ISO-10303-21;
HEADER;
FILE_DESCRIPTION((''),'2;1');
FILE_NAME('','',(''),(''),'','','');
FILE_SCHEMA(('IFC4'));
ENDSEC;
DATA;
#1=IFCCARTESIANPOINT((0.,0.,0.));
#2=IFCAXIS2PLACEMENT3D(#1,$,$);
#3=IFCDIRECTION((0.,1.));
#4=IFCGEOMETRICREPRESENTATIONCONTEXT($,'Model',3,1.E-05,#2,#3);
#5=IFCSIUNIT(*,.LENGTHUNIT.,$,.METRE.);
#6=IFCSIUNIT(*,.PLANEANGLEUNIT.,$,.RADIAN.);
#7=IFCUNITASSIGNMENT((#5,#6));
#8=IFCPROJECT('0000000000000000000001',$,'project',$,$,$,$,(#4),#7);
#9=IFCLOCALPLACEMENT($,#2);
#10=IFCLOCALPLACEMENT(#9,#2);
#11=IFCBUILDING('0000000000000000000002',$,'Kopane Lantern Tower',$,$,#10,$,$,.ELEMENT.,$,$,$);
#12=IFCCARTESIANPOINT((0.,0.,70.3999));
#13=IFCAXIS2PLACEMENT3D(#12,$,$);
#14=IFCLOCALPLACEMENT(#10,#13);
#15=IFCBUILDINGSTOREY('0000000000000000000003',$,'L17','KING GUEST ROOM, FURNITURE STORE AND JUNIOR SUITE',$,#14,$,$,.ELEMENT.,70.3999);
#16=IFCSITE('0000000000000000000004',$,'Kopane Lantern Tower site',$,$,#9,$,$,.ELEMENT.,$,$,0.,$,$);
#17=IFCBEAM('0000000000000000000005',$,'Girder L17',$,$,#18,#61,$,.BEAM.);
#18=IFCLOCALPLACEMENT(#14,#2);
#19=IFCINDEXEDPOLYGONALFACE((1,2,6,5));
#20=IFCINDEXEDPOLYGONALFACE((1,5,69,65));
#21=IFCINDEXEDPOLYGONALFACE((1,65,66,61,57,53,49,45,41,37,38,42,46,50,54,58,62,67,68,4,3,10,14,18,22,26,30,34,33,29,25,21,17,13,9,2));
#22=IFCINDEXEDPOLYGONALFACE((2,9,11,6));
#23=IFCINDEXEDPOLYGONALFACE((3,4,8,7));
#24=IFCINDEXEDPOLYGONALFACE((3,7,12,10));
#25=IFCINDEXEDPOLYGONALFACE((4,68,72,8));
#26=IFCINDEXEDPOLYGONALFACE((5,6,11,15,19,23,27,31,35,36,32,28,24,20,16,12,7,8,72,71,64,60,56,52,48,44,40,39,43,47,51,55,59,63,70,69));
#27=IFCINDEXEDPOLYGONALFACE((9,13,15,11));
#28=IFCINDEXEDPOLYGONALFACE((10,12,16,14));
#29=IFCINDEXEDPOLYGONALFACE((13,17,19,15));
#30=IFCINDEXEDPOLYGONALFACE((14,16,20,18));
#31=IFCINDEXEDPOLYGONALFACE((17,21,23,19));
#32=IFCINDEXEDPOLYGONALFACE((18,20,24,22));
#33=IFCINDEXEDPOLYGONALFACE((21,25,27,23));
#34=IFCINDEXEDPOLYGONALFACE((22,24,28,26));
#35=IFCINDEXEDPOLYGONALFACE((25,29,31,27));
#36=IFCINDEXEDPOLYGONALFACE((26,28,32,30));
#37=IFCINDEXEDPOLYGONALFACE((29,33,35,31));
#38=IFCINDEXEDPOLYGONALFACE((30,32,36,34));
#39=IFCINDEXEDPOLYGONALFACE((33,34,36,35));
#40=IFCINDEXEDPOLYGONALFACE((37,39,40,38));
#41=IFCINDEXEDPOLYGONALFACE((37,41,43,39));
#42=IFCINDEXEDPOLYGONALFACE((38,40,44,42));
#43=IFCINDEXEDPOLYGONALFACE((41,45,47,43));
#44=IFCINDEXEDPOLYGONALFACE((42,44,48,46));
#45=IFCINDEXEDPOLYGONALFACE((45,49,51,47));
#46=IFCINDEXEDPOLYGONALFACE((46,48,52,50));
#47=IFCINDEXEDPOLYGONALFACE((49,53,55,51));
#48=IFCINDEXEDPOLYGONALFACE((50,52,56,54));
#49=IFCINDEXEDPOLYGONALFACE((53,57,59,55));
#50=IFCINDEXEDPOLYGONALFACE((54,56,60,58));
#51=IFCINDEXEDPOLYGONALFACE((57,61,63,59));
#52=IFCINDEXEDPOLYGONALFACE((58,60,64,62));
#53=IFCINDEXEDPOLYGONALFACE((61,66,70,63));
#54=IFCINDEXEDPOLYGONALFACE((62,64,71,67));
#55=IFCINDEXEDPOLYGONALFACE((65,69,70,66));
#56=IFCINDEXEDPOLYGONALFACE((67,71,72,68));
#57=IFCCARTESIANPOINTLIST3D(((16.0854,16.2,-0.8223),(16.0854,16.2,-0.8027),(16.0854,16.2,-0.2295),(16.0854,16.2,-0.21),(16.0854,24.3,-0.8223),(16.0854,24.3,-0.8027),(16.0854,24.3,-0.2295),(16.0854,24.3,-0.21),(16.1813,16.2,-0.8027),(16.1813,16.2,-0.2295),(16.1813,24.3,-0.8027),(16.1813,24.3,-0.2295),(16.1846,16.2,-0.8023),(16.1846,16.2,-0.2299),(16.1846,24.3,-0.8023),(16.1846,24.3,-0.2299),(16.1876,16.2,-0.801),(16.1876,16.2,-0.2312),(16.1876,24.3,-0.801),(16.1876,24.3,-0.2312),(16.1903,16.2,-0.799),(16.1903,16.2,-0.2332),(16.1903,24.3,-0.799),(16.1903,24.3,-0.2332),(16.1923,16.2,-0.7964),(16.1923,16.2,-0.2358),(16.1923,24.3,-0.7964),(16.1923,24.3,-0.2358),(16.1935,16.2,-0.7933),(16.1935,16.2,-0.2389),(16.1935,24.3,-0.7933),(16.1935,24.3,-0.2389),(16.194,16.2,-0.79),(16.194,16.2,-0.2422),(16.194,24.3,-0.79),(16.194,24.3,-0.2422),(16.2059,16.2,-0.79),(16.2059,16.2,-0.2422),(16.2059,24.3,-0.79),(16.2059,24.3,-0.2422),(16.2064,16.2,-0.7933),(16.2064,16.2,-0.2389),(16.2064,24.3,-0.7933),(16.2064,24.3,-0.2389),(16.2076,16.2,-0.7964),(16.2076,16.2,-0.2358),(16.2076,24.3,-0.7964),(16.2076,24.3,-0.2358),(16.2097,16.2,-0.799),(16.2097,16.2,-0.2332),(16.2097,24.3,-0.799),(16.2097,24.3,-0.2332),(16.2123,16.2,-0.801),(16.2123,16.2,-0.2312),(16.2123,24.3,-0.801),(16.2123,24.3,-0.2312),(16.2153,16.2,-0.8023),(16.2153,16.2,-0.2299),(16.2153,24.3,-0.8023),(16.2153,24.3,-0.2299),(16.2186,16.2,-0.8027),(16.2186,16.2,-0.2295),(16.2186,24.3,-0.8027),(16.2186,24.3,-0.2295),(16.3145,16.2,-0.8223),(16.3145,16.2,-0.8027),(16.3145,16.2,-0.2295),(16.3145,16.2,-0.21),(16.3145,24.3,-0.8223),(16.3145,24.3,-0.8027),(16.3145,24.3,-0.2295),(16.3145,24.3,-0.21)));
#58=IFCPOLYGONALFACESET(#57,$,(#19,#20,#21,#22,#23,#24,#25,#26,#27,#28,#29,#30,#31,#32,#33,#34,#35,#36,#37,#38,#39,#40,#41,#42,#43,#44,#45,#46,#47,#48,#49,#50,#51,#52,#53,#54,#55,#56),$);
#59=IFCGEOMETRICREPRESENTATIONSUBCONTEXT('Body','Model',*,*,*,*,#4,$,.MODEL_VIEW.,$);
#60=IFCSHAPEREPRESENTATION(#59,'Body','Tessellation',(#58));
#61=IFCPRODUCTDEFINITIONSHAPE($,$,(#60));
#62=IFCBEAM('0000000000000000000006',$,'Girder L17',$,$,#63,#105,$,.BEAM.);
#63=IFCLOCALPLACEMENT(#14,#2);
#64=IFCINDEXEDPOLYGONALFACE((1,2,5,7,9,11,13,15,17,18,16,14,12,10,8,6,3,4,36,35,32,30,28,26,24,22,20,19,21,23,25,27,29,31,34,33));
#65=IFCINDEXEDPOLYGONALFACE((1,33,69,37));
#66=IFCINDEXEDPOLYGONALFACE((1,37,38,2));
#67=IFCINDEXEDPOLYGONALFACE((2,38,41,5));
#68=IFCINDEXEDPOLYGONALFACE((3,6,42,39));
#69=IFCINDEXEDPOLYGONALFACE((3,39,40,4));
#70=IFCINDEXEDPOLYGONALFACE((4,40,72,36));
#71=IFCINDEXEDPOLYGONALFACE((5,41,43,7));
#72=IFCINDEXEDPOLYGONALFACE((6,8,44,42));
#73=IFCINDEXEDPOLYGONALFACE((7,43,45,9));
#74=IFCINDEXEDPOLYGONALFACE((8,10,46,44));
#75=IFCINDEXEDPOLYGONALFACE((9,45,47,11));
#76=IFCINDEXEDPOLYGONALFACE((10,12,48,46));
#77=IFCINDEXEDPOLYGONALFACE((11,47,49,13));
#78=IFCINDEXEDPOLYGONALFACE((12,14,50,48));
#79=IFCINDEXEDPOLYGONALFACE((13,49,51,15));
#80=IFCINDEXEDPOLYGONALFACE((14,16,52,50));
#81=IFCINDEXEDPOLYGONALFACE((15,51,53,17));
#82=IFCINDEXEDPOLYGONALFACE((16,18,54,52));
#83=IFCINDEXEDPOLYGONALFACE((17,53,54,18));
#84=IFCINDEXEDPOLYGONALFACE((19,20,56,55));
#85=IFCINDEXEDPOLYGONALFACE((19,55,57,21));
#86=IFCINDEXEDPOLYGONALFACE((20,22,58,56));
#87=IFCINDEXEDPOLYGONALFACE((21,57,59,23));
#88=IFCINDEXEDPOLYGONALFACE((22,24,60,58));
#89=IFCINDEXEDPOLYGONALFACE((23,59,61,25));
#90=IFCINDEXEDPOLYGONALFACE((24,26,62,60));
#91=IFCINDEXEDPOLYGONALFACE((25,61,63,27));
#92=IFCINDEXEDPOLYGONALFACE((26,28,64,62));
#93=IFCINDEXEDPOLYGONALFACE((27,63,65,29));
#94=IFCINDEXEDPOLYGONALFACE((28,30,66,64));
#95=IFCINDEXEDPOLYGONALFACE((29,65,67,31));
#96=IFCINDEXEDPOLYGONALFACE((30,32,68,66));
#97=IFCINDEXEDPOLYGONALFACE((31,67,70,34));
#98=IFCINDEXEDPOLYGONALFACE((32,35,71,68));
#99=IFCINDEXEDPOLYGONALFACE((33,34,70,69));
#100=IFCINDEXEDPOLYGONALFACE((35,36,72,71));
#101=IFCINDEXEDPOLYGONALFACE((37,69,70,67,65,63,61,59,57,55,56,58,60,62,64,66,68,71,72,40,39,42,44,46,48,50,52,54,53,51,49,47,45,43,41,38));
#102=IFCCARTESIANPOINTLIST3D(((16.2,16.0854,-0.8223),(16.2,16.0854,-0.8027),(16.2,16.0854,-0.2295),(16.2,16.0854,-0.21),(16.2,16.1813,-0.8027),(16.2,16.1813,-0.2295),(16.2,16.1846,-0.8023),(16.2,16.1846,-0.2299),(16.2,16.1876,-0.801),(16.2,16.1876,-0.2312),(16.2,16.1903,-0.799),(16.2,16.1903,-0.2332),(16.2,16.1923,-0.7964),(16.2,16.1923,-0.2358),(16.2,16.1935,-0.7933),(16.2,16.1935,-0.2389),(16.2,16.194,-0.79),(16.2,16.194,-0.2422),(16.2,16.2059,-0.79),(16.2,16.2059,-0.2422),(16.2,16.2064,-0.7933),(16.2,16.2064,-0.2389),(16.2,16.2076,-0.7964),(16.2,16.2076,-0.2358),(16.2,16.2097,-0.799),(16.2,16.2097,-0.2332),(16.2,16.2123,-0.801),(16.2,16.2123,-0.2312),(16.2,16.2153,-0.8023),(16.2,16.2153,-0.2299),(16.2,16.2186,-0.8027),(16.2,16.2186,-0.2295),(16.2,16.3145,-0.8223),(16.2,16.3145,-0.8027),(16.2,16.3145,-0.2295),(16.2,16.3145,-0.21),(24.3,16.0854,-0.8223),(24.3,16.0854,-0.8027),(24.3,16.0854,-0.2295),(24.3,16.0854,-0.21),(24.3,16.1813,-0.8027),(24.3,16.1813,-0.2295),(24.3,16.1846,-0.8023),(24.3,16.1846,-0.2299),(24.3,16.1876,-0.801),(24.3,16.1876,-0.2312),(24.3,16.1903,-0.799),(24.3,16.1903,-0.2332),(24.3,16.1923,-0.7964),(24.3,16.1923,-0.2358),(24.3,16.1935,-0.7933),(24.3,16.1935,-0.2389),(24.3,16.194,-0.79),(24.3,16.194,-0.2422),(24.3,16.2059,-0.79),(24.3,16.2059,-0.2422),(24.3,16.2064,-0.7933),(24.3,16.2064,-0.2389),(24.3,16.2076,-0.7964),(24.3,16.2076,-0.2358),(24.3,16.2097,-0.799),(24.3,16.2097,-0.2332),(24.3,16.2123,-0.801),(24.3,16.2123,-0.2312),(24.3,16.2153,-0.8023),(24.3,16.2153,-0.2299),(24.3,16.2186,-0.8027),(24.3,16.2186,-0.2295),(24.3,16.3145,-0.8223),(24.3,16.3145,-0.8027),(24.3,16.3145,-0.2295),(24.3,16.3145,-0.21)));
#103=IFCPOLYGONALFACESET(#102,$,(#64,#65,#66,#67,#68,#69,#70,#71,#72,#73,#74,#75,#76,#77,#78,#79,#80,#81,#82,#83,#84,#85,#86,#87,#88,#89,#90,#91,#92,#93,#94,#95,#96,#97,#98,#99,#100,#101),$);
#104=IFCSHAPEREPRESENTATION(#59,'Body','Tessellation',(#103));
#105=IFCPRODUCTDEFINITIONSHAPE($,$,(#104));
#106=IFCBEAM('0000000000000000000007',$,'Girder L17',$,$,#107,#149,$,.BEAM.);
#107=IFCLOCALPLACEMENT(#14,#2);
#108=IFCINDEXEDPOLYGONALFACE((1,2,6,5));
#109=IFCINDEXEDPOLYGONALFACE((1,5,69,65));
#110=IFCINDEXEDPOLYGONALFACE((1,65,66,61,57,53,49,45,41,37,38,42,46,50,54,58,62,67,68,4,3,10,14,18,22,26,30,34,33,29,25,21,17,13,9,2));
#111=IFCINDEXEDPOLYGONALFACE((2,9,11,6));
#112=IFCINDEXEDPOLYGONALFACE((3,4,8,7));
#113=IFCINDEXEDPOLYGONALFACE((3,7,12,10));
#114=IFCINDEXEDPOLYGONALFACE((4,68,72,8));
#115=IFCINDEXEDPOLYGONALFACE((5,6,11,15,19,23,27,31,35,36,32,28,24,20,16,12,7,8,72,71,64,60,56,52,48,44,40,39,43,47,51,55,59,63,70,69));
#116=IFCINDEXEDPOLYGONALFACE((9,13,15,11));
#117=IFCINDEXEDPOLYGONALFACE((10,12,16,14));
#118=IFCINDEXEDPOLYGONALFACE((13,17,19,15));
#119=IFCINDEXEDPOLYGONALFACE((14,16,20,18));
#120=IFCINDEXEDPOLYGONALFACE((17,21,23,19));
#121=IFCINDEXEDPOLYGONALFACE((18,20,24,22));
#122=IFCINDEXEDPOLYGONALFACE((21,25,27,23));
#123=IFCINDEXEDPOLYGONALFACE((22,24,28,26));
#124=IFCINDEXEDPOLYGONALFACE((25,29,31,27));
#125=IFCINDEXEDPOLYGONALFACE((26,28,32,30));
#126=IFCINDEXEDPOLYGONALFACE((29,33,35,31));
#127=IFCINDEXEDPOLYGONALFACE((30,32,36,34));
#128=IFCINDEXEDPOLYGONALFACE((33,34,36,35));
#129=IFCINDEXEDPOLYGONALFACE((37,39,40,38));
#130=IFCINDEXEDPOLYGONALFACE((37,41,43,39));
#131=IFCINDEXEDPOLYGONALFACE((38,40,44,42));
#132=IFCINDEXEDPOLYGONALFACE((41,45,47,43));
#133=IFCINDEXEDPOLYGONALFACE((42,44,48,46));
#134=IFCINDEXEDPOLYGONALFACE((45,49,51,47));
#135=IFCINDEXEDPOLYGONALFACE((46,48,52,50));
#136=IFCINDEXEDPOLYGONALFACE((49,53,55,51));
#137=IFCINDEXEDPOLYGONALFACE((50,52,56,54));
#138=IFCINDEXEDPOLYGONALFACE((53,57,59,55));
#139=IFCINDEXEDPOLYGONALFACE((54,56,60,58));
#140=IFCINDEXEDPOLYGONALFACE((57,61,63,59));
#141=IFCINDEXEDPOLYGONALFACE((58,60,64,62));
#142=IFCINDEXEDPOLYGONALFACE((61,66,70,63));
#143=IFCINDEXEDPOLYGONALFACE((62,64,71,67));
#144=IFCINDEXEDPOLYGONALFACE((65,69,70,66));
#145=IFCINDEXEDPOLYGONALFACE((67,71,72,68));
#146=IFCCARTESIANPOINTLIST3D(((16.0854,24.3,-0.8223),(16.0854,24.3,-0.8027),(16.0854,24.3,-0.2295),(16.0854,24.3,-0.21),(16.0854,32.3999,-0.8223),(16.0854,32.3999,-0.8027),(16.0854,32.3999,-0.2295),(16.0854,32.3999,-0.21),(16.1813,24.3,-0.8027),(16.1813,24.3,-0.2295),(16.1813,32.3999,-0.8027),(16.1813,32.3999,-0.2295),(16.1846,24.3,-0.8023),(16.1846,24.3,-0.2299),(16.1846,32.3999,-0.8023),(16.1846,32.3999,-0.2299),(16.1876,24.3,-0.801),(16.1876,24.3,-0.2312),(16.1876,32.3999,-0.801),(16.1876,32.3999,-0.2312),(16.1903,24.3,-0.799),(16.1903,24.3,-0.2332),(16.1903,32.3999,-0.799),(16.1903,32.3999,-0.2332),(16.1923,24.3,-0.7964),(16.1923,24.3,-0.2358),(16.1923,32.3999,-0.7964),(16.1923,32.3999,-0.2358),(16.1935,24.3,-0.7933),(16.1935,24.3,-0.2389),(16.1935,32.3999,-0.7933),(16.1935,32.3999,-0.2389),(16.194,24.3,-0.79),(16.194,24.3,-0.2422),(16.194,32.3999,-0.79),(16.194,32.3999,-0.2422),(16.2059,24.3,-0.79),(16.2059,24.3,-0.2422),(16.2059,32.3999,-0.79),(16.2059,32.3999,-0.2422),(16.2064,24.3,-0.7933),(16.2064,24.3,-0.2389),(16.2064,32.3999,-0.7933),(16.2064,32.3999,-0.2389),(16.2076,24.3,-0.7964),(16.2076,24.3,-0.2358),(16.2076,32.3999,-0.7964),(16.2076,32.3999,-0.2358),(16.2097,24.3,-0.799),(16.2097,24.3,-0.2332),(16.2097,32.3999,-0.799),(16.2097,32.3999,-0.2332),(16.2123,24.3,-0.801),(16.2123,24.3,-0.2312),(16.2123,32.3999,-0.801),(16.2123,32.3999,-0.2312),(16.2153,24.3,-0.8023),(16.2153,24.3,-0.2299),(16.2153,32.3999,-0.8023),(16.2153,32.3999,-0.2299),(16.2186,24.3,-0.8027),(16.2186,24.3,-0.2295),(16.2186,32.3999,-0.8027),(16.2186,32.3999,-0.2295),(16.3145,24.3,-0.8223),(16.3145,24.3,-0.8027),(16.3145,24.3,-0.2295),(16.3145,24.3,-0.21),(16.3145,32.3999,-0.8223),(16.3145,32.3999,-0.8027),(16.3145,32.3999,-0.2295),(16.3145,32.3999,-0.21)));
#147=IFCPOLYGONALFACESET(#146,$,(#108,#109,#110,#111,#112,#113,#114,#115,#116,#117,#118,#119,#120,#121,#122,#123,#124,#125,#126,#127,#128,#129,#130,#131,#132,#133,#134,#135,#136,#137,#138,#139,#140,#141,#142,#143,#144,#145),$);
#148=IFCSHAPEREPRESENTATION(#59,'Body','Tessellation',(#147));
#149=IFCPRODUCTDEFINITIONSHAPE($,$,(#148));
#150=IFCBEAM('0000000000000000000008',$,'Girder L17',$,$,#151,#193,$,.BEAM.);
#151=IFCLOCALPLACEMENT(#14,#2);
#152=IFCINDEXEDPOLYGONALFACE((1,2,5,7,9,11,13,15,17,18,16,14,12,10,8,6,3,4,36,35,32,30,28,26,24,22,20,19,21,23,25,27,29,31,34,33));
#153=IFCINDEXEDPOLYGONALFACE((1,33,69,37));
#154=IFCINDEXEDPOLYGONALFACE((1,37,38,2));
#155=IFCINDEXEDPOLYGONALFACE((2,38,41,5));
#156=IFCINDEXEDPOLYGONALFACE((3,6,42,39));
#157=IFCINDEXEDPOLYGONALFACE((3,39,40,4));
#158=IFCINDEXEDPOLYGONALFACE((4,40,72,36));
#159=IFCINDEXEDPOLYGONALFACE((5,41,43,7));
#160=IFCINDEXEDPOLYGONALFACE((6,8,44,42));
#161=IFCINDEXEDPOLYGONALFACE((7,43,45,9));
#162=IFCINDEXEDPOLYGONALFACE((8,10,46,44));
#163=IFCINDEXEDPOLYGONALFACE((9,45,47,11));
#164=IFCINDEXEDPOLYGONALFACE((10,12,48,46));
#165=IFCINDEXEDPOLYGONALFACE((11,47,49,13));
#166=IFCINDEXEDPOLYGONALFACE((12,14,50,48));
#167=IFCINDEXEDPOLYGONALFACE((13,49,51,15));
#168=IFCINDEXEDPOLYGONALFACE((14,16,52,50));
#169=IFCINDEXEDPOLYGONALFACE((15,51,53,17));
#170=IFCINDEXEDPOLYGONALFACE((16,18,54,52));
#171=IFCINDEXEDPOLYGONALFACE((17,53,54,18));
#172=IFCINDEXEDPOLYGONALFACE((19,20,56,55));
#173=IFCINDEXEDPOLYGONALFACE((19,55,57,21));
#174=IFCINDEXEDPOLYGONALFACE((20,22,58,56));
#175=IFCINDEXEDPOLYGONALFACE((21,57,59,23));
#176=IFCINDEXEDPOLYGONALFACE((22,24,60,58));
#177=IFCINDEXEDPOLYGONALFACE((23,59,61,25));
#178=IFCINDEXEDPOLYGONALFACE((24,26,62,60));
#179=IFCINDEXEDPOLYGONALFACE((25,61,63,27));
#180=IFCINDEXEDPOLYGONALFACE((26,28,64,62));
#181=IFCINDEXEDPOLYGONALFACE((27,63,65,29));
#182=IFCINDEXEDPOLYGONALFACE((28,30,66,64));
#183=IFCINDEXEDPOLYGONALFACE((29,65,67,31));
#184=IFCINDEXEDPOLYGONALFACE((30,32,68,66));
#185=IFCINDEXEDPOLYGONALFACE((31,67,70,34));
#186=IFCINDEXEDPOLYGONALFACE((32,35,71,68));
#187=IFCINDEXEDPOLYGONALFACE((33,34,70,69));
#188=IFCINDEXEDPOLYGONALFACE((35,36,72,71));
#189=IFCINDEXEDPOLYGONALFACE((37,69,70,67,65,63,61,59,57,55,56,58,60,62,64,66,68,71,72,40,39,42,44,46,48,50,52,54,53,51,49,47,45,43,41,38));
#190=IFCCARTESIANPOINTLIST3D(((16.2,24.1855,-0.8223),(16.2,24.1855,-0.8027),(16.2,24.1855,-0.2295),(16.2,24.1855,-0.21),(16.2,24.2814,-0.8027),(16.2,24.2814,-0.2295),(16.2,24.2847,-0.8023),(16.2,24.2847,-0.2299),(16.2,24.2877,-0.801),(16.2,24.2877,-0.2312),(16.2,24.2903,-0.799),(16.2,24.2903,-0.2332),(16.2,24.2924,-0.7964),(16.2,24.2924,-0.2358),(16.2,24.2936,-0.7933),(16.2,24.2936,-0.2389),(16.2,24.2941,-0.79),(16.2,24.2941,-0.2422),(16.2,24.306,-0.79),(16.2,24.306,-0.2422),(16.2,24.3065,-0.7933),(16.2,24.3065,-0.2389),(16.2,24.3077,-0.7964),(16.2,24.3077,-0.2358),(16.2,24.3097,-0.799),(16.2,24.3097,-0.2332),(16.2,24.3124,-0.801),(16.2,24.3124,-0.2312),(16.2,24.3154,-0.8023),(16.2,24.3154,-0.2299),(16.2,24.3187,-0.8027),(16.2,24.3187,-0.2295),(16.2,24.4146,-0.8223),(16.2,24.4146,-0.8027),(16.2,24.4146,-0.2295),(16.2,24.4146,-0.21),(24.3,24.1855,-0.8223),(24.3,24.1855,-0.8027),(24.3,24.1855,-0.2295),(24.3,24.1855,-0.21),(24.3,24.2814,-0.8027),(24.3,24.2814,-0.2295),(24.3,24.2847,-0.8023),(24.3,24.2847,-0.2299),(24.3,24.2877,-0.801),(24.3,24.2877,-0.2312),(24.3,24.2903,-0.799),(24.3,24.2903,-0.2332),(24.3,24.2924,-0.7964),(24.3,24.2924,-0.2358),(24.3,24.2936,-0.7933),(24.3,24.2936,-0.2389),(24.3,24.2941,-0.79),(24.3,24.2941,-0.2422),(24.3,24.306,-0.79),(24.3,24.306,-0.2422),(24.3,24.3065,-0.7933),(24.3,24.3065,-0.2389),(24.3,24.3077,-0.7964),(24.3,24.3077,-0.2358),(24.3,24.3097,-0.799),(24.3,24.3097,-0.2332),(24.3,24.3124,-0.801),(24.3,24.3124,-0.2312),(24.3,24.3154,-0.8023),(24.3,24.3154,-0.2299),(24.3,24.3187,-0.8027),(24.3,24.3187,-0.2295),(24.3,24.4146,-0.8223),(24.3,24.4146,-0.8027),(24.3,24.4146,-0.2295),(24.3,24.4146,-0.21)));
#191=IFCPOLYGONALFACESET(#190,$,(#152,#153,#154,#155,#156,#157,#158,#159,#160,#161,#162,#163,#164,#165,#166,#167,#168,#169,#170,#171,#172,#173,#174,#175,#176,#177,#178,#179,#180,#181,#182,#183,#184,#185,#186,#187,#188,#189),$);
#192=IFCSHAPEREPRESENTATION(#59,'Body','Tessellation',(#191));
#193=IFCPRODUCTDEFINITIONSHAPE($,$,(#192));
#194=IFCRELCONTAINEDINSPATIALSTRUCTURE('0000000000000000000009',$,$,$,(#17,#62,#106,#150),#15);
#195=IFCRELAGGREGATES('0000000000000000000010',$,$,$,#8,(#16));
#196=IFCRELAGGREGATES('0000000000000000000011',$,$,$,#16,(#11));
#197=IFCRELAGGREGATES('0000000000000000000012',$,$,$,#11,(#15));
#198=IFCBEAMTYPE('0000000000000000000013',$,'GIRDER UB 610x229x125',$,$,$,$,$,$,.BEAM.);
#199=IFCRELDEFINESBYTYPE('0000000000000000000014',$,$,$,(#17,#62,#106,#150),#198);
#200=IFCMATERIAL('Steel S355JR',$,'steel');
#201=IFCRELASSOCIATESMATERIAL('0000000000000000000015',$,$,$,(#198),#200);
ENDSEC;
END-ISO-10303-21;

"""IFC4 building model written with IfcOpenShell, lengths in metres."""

from ifc_helpers import new_model, si_unit, direction, frame, origin, origin_2d, place, context, subcontext, project, spatial, i_section, extrude, material, material_profile, profile_set, type_object, element, save


model = new_model("IFC4")

# Units and contexts
model_context = context("Model", 3, precision=1e-05, world=origin(), true_north=direction((0.0, 1.0)))
body_context = subcontext(model_context, "Body", "Model", "MODEL_VIEW")
ifc_project = project(units=[si_unit("LENGTHUNIT", "METRE"), si_unit("PLANEANGLEUNIT", "RADIAN")], contexts=[model_context])

# Site, building, storey
site_placement = place(None, origin())
site = spatial("IfcSite", under=ifc_project, at=site_placement, Name="Kopane Lantern Tower site", CompositionType="ELEMENT", RefElevation=0.0)
building_placement = place(site_placement, origin())
building = spatial("IfcBuilding", under=site, at=building_placement, Name="Kopane Lantern Tower", CompositionType="ELEMENT")
storey_placement = place(building_placement, frame((0.0, 0.0, 70.3999)))
storey = spatial("IfcBuildingStorey", under=building, at=storey_placement, Name="L17", Description="KING GUEST ROOM, FURNITURE STORE AND JUNIOR SUITE", CompositionType="ELEMENT", Elevation=70.3999)

# Beams
ifc_material_1 = material(Name="Steel S355JR", Category="steel")
ifc_material_profile_1 = material_profile(ifc_material_1, i_section(OverallWidth=0.229, OverallDepth=0.6123, WebThickness=0.012, FlangeThickness=0.0195, FilletRadius=0.0127, at=origin_2d()), Name="UB 610x229x125")
ifc_profile_set_1 = profile_set([ifc_material_profile_1], Name="Steel S355JR")
beam_type = type_object("IfcBeamType", Name="GIRDER UB 610x229x125", PredefinedType="BEAM", material=ifc_profile_set_1)
for number, where, z_axis, x_axis, name in (
    (1, (16.2, 16.2, -0.5161), (0.0, 1.0, 0.0), (-1.0, 0.0, 0.0), "Girder L17"),
    (2, (16.2, 16.2, -0.5161), (1.0, 0.0, 0.0), (0.0, 1.0, 0.0), "Girder L17"),
):
    element("IfcBeam", number, at=place(storey_placement, frame(where, z_axis=z_axis, x_axis=x_axis)), inside=storey, type_object=beam_type, Name=name, PredefinedType="BEAM", context=body_context, shape_type="SweptSolid", body=[
        extrude(i_section(OverallWidth=0.229, OverallDepth=0.6123, WebThickness=0.012, FlangeThickness=0.0195, FilletRadius=0.0127, at=origin_2d()), origin(), (0.0, 0.0, 1.0), 8.1001),
    ])
beam_1_placement = place(storey_placement, frame((16.2, 24.3, -0.5161), z_axis=(0.0, 1.0, 0.0), x_axis=(-1.0, 0.0, 0.0)))
element("IfcBeam", 3, at=beam_1_placement, inside=storey, type_object=beam_type, Name="Girder L17", PredefinedType="BEAM", context=body_context, shape_type="SweptSolid", body=[
    extrude(i_section(OverallWidth=0.229, OverallDepth=0.6123, WebThickness=0.012, FlangeThickness=0.0195, FilletRadius=0.0127, at=origin_2d()), origin(), (0.0, 0.0, 1.0), 8.0999),
])
for number, where, z_axis, x_axis, name in (
    (4, (16.2, 24.3, -0.5161), (1.0, 0.0, 0.0), (0.0, 1.0, 0.0), "Girder L17"),
):
    element("IfcBeam", number, at=place(storey_placement, frame(where, z_axis=z_axis, x_axis=x_axis)), inside=storey, type_object=beam_type, Name=name, PredefinedType="BEAM", context=body_context, shape_type="SweptSolid", body=[
        extrude(i_section(OverallWidth=0.229, OverallDepth=0.6123, WebThickness=0.012, FlangeThickness=0.0195, FilletRadius=0.0127, at=origin_2d()), origin(), (0.0, 0.0, 1.0), 8.1001),
    ])

save(model, "model.ifc")
